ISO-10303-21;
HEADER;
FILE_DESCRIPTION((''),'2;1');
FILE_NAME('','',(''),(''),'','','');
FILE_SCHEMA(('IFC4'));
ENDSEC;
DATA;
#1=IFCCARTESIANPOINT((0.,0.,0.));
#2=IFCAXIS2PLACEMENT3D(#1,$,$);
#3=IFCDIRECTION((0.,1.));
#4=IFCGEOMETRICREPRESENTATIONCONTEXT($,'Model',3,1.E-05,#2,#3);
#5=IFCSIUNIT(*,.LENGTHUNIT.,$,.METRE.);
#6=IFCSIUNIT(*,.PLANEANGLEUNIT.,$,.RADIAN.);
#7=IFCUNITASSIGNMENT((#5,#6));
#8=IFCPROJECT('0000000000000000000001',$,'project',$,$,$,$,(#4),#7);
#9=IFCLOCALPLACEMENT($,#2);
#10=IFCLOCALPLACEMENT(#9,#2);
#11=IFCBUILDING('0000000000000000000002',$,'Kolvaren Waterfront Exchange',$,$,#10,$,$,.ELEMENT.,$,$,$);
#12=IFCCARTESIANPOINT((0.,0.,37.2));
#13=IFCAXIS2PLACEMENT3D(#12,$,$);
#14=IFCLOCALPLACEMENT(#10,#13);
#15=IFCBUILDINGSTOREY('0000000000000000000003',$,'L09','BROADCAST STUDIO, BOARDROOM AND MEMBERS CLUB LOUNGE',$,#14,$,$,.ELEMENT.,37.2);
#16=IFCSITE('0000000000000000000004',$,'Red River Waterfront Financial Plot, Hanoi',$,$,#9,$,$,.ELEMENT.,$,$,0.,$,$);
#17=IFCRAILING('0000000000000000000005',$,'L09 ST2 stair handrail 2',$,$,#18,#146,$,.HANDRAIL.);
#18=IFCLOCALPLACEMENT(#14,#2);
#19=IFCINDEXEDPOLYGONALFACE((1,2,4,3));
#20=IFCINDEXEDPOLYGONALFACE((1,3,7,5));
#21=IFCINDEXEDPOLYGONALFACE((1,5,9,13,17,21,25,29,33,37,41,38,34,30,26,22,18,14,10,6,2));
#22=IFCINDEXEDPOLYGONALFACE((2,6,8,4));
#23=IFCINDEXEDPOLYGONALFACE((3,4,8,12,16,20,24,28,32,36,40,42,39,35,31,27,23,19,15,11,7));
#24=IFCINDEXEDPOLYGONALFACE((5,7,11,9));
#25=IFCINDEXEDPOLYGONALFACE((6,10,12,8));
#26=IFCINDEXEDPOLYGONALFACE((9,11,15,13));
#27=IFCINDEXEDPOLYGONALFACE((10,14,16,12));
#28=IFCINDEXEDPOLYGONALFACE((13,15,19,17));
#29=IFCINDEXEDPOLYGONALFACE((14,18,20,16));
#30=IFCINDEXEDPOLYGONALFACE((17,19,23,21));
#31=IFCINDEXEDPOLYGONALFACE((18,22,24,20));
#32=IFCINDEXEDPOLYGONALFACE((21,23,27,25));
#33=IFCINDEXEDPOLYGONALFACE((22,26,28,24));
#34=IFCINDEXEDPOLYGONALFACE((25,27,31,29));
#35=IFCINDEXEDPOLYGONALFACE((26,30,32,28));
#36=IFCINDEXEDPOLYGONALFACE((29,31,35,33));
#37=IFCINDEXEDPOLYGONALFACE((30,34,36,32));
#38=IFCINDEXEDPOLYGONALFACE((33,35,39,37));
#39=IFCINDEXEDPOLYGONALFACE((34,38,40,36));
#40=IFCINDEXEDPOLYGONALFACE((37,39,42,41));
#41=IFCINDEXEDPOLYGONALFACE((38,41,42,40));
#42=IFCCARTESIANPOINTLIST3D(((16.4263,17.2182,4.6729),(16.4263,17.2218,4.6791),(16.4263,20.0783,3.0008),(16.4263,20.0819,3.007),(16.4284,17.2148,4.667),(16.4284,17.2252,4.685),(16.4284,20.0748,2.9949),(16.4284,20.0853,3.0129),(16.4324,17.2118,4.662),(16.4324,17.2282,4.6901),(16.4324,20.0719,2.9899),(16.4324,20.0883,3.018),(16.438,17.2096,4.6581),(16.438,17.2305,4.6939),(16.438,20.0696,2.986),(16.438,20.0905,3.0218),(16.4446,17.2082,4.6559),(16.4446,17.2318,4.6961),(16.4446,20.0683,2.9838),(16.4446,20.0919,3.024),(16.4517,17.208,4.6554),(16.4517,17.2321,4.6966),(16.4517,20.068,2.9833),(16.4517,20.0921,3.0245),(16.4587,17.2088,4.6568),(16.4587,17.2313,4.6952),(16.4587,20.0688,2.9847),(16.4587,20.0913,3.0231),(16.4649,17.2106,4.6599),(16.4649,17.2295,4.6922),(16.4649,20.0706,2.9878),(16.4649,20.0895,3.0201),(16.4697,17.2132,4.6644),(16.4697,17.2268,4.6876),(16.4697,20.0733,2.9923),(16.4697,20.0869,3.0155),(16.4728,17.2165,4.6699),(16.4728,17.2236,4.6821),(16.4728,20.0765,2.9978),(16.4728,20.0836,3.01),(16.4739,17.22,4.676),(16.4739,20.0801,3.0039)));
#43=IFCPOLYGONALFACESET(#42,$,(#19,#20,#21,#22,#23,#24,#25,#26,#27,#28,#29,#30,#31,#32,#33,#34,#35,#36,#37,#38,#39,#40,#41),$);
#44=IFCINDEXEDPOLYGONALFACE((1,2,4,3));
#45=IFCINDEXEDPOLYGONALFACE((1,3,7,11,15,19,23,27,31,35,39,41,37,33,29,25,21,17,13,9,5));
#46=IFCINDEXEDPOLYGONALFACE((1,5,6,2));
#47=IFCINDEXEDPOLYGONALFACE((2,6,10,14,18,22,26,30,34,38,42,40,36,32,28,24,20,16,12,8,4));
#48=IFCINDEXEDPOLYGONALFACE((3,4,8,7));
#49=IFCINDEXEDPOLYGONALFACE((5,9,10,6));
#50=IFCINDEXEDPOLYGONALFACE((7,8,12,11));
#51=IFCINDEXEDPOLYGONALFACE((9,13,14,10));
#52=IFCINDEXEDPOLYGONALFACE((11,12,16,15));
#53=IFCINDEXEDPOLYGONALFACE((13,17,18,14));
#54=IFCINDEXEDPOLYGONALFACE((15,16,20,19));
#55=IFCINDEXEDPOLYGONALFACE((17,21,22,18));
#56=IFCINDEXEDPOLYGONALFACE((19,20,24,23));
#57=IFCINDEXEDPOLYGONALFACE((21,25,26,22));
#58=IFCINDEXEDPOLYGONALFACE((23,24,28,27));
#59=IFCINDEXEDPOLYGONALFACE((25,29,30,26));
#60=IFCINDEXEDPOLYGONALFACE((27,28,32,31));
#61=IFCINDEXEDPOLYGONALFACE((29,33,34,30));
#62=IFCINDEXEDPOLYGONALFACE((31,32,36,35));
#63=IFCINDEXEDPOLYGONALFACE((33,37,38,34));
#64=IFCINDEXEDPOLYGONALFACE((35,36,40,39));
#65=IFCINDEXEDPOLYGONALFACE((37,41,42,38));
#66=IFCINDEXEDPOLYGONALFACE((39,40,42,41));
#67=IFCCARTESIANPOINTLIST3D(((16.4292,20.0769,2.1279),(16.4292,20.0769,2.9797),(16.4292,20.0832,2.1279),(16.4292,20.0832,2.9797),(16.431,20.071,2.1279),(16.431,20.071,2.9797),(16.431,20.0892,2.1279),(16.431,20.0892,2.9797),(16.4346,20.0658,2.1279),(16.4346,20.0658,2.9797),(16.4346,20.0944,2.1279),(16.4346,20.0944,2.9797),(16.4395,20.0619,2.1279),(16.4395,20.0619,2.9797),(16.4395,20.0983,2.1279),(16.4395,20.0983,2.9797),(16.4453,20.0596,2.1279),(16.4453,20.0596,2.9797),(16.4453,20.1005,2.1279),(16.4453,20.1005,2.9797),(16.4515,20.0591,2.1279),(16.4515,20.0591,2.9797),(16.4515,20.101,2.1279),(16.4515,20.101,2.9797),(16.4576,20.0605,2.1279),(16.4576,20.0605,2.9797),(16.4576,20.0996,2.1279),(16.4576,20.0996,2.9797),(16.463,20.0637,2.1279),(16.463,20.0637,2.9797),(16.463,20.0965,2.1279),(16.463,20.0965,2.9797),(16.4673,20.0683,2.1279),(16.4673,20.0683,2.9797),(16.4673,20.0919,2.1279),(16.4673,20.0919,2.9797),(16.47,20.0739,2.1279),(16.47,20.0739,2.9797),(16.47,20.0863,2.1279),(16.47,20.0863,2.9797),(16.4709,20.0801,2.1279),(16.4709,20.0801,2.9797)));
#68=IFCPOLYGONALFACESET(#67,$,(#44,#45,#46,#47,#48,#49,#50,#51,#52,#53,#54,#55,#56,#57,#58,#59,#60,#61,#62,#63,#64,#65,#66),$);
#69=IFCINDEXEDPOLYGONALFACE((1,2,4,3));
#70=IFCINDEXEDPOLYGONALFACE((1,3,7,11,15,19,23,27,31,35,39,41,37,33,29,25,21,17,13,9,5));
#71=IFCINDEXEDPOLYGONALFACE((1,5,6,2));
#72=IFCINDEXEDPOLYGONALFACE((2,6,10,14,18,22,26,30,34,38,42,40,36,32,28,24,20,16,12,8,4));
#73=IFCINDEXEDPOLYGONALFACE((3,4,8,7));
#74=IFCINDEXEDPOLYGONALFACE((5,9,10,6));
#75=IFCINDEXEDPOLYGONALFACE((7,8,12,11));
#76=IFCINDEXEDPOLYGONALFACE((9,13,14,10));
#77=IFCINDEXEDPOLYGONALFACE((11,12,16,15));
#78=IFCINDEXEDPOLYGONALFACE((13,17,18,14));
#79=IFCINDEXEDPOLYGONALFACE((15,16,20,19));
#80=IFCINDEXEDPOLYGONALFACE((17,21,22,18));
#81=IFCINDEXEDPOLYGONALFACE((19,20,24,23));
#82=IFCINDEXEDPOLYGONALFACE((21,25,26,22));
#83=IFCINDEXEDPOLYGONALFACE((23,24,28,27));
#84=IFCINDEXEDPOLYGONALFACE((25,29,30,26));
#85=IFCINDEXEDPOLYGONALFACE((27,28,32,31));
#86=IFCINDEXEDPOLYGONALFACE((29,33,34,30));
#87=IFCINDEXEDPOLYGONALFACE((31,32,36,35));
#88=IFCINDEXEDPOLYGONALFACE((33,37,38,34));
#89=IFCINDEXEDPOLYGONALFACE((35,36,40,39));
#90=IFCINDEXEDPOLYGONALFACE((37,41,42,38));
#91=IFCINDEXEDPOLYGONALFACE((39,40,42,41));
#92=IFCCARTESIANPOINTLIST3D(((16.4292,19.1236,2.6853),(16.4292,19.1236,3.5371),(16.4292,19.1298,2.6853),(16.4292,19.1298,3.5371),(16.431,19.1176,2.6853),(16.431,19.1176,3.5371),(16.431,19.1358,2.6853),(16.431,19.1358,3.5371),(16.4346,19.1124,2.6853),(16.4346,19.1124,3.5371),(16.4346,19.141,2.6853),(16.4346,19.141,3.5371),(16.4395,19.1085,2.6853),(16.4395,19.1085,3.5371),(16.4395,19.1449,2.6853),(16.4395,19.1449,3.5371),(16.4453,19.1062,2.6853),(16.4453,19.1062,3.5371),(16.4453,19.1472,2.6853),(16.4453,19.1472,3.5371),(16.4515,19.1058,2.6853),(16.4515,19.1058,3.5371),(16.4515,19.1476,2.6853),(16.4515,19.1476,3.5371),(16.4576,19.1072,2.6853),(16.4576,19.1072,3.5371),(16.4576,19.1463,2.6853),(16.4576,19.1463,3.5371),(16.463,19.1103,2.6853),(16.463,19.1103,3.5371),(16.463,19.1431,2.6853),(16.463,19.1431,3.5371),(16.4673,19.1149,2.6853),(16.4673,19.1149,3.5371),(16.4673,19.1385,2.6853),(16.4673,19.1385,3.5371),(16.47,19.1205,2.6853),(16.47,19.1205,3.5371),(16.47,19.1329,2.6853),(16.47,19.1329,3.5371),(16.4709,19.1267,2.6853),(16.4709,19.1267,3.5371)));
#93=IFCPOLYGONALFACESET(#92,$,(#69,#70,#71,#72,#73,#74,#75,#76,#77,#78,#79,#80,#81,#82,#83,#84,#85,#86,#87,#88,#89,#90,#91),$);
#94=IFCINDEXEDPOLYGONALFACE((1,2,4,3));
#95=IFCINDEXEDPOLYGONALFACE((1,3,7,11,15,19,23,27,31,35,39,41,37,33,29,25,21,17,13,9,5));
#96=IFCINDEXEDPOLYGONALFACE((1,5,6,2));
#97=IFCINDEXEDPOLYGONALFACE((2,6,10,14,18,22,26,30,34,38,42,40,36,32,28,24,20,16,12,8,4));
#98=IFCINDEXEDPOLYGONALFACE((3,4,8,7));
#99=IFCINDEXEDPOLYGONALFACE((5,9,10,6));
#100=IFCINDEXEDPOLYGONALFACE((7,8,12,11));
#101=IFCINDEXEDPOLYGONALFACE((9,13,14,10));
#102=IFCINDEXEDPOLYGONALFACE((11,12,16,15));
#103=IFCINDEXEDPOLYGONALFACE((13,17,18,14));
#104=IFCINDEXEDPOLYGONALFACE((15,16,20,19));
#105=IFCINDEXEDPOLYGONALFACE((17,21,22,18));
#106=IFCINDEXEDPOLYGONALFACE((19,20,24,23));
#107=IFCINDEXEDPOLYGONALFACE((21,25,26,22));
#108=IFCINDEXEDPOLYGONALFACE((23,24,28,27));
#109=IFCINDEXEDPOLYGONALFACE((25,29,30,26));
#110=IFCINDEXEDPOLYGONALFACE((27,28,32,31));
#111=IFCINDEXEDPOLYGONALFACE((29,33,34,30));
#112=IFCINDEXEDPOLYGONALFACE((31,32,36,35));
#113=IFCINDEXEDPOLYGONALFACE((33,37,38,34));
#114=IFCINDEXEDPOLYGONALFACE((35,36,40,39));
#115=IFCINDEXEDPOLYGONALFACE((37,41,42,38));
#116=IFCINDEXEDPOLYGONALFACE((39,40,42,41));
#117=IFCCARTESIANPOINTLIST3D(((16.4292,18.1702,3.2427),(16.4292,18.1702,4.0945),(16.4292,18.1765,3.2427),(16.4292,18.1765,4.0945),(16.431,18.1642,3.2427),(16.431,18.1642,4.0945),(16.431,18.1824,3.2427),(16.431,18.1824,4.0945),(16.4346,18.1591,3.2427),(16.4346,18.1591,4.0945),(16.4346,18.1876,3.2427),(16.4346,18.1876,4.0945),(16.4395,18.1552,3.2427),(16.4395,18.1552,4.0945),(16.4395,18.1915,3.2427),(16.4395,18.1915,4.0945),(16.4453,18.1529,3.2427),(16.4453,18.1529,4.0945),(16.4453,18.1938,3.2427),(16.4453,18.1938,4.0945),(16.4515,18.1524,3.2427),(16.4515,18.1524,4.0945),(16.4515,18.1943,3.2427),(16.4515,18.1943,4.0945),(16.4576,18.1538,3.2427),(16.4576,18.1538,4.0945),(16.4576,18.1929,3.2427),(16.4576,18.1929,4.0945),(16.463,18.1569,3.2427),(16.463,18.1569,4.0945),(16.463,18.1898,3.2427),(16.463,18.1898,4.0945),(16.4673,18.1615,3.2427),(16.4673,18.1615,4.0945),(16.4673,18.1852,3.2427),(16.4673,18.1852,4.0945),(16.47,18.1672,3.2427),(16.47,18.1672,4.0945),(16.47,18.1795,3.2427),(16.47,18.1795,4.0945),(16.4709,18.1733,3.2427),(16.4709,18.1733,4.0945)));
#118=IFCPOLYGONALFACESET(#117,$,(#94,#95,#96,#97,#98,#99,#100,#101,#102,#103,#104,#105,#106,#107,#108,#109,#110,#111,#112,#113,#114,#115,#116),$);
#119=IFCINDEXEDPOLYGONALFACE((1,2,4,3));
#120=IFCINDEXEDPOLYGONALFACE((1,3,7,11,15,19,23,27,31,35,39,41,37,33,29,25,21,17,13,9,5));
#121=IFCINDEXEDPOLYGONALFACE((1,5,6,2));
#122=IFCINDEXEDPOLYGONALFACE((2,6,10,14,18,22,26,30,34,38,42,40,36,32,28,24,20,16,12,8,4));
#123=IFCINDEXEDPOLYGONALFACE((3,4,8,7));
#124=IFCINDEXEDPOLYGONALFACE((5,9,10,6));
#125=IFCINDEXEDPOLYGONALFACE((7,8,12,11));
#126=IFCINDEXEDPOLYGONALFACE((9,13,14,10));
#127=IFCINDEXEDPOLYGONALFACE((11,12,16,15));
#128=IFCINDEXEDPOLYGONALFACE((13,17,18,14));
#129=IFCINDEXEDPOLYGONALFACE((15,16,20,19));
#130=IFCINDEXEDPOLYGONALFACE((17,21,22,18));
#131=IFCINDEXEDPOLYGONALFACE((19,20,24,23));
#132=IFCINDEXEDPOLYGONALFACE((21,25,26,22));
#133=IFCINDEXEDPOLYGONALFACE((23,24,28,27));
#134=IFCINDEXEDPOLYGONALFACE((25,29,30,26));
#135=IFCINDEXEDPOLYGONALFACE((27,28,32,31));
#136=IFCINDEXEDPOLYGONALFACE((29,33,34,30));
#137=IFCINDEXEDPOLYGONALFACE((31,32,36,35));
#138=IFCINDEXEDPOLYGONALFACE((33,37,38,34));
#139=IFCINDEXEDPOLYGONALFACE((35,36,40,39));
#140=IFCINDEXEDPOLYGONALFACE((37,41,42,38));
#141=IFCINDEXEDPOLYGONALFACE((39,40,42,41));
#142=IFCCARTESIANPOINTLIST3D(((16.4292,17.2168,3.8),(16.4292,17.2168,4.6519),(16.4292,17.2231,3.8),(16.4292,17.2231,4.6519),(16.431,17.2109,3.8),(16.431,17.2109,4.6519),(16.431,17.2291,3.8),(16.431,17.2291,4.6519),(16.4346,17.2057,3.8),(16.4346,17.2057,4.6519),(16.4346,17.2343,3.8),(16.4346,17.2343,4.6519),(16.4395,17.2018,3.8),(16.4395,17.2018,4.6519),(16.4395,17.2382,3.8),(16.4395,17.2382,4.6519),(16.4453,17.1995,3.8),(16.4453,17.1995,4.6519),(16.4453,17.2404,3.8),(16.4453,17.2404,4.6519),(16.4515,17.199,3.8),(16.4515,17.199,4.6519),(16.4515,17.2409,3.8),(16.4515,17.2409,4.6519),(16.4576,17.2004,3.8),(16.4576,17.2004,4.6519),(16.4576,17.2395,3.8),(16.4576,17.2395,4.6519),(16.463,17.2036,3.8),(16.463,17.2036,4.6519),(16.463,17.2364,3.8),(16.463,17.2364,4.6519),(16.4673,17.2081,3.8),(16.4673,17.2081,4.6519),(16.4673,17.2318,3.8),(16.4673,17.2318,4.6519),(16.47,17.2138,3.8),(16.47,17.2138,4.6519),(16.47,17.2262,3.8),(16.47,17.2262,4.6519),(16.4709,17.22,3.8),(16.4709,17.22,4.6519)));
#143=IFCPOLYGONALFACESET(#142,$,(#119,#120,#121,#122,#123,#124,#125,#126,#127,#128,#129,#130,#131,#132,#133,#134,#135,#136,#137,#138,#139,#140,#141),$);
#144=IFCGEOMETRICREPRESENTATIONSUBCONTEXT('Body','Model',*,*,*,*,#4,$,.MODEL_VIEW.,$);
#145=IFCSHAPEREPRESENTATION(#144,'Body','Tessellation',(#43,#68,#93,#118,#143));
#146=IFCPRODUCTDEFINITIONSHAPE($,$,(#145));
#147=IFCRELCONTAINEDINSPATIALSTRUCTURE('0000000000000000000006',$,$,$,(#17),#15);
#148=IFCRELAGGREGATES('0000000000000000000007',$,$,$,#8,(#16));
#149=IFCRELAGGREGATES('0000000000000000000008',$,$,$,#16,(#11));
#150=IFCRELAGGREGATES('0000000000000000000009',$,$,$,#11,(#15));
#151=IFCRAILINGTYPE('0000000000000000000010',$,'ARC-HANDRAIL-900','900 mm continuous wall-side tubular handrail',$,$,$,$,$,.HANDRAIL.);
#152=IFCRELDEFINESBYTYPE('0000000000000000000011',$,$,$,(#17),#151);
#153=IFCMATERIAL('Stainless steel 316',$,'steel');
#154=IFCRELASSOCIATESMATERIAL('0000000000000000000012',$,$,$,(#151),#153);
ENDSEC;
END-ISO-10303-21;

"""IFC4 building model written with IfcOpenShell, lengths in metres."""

from ifc_helpers import new_model, si_unit, direction, frame, origin, origin_2d, place, context, subcontext, project, spatial, circle, extrude, material, type_object, element, save


model = new_model("IFC4")

# Units and contexts
model_context = context("Model", 3, precision=1e-05, world=origin(), true_north=direction((0.0, 1.0)))
body_context = subcontext(model_context, "Body", "Model", "MODEL_VIEW")
ifc_project = project(units=[si_unit("LENGTHUNIT", "METRE"), si_unit("PLANEANGLEUNIT", "RADIAN")], contexts=[model_context])

# Site, building, storey
site_placement = place(None, origin())
site = spatial("IfcSite", under=ifc_project, at=site_placement, Name="Red River Waterfront Financial Plot, Hanoi", CompositionType="ELEMENT", RefElevation=0.0)
building_placement = place(site_placement, origin())
building = spatial("IfcBuilding", under=site, at=building_placement, Name="Kolvaren Waterfront Exchange", CompositionType="ELEMENT")
storey_placement = place(building_placement, frame((0.0, 0.0, 37.2)))
storey = spatial("IfcBuildingStorey", under=building, at=storey_placement, Name="L09", Description="BROADCAST STUDIO, BOARDROOM AND MEMBERS CLUB LOUNGE", CompositionType="ELEMENT", Elevation=37.2)

# Railing
ifc_material_1 = material(Name="Stainless steel 316", Category="steel")
railing_type_1 = type_object("IfcRailingType", Name="ARC-HANDRAIL-900", Description="900 mm continuous wall-side tubular handrail", PredefinedType="HANDRAIL", material=ifc_material_1)
railing_1_placement = place(storey_placement, frame((16.45, 20.0801, 2.1279)))
element("IfcRailing", 1, at=railing_1_placement, inside=storey, type_object=railing_type_1, Name="L09 ST2 stair handrail 2", PredefinedType="HANDRAIL", context=body_context, shape_type="SweptSolid", body=[
    extrude(circle(Radius=0.0239, at=origin_2d()), frame((0.0, 0.0, 0.876), z_axis=(0.0, -0.863289, 0.504709), x_axis=(1.0, 0.0, 0.0)), (0.0, 0.0, 1.0), 3.313),
    extrude(circle(Radius=0.021, at=origin_2d()), origin(), (0.0, 0.0, 1.0), 0.8518),
    extrude(circle(Radius=0.021, at=origin_2d()), frame((0.0, -0.9534, 0.5574)), (0.0, 0.0, 1.0), 0.8518),
    extrude(circle(Radius=0.021, at=origin_2d()), frame((0.0, -1.9067, 1.1147)), (0.0, 0.0, 1.0), 0.8518),
    extrude(circle(Radius=0.021, at=origin_2d()), frame((0.0, -2.8601, 1.6721)), (0.0, 0.0, 1.0), 0.8518),
])

save(model, "model.ifc")
